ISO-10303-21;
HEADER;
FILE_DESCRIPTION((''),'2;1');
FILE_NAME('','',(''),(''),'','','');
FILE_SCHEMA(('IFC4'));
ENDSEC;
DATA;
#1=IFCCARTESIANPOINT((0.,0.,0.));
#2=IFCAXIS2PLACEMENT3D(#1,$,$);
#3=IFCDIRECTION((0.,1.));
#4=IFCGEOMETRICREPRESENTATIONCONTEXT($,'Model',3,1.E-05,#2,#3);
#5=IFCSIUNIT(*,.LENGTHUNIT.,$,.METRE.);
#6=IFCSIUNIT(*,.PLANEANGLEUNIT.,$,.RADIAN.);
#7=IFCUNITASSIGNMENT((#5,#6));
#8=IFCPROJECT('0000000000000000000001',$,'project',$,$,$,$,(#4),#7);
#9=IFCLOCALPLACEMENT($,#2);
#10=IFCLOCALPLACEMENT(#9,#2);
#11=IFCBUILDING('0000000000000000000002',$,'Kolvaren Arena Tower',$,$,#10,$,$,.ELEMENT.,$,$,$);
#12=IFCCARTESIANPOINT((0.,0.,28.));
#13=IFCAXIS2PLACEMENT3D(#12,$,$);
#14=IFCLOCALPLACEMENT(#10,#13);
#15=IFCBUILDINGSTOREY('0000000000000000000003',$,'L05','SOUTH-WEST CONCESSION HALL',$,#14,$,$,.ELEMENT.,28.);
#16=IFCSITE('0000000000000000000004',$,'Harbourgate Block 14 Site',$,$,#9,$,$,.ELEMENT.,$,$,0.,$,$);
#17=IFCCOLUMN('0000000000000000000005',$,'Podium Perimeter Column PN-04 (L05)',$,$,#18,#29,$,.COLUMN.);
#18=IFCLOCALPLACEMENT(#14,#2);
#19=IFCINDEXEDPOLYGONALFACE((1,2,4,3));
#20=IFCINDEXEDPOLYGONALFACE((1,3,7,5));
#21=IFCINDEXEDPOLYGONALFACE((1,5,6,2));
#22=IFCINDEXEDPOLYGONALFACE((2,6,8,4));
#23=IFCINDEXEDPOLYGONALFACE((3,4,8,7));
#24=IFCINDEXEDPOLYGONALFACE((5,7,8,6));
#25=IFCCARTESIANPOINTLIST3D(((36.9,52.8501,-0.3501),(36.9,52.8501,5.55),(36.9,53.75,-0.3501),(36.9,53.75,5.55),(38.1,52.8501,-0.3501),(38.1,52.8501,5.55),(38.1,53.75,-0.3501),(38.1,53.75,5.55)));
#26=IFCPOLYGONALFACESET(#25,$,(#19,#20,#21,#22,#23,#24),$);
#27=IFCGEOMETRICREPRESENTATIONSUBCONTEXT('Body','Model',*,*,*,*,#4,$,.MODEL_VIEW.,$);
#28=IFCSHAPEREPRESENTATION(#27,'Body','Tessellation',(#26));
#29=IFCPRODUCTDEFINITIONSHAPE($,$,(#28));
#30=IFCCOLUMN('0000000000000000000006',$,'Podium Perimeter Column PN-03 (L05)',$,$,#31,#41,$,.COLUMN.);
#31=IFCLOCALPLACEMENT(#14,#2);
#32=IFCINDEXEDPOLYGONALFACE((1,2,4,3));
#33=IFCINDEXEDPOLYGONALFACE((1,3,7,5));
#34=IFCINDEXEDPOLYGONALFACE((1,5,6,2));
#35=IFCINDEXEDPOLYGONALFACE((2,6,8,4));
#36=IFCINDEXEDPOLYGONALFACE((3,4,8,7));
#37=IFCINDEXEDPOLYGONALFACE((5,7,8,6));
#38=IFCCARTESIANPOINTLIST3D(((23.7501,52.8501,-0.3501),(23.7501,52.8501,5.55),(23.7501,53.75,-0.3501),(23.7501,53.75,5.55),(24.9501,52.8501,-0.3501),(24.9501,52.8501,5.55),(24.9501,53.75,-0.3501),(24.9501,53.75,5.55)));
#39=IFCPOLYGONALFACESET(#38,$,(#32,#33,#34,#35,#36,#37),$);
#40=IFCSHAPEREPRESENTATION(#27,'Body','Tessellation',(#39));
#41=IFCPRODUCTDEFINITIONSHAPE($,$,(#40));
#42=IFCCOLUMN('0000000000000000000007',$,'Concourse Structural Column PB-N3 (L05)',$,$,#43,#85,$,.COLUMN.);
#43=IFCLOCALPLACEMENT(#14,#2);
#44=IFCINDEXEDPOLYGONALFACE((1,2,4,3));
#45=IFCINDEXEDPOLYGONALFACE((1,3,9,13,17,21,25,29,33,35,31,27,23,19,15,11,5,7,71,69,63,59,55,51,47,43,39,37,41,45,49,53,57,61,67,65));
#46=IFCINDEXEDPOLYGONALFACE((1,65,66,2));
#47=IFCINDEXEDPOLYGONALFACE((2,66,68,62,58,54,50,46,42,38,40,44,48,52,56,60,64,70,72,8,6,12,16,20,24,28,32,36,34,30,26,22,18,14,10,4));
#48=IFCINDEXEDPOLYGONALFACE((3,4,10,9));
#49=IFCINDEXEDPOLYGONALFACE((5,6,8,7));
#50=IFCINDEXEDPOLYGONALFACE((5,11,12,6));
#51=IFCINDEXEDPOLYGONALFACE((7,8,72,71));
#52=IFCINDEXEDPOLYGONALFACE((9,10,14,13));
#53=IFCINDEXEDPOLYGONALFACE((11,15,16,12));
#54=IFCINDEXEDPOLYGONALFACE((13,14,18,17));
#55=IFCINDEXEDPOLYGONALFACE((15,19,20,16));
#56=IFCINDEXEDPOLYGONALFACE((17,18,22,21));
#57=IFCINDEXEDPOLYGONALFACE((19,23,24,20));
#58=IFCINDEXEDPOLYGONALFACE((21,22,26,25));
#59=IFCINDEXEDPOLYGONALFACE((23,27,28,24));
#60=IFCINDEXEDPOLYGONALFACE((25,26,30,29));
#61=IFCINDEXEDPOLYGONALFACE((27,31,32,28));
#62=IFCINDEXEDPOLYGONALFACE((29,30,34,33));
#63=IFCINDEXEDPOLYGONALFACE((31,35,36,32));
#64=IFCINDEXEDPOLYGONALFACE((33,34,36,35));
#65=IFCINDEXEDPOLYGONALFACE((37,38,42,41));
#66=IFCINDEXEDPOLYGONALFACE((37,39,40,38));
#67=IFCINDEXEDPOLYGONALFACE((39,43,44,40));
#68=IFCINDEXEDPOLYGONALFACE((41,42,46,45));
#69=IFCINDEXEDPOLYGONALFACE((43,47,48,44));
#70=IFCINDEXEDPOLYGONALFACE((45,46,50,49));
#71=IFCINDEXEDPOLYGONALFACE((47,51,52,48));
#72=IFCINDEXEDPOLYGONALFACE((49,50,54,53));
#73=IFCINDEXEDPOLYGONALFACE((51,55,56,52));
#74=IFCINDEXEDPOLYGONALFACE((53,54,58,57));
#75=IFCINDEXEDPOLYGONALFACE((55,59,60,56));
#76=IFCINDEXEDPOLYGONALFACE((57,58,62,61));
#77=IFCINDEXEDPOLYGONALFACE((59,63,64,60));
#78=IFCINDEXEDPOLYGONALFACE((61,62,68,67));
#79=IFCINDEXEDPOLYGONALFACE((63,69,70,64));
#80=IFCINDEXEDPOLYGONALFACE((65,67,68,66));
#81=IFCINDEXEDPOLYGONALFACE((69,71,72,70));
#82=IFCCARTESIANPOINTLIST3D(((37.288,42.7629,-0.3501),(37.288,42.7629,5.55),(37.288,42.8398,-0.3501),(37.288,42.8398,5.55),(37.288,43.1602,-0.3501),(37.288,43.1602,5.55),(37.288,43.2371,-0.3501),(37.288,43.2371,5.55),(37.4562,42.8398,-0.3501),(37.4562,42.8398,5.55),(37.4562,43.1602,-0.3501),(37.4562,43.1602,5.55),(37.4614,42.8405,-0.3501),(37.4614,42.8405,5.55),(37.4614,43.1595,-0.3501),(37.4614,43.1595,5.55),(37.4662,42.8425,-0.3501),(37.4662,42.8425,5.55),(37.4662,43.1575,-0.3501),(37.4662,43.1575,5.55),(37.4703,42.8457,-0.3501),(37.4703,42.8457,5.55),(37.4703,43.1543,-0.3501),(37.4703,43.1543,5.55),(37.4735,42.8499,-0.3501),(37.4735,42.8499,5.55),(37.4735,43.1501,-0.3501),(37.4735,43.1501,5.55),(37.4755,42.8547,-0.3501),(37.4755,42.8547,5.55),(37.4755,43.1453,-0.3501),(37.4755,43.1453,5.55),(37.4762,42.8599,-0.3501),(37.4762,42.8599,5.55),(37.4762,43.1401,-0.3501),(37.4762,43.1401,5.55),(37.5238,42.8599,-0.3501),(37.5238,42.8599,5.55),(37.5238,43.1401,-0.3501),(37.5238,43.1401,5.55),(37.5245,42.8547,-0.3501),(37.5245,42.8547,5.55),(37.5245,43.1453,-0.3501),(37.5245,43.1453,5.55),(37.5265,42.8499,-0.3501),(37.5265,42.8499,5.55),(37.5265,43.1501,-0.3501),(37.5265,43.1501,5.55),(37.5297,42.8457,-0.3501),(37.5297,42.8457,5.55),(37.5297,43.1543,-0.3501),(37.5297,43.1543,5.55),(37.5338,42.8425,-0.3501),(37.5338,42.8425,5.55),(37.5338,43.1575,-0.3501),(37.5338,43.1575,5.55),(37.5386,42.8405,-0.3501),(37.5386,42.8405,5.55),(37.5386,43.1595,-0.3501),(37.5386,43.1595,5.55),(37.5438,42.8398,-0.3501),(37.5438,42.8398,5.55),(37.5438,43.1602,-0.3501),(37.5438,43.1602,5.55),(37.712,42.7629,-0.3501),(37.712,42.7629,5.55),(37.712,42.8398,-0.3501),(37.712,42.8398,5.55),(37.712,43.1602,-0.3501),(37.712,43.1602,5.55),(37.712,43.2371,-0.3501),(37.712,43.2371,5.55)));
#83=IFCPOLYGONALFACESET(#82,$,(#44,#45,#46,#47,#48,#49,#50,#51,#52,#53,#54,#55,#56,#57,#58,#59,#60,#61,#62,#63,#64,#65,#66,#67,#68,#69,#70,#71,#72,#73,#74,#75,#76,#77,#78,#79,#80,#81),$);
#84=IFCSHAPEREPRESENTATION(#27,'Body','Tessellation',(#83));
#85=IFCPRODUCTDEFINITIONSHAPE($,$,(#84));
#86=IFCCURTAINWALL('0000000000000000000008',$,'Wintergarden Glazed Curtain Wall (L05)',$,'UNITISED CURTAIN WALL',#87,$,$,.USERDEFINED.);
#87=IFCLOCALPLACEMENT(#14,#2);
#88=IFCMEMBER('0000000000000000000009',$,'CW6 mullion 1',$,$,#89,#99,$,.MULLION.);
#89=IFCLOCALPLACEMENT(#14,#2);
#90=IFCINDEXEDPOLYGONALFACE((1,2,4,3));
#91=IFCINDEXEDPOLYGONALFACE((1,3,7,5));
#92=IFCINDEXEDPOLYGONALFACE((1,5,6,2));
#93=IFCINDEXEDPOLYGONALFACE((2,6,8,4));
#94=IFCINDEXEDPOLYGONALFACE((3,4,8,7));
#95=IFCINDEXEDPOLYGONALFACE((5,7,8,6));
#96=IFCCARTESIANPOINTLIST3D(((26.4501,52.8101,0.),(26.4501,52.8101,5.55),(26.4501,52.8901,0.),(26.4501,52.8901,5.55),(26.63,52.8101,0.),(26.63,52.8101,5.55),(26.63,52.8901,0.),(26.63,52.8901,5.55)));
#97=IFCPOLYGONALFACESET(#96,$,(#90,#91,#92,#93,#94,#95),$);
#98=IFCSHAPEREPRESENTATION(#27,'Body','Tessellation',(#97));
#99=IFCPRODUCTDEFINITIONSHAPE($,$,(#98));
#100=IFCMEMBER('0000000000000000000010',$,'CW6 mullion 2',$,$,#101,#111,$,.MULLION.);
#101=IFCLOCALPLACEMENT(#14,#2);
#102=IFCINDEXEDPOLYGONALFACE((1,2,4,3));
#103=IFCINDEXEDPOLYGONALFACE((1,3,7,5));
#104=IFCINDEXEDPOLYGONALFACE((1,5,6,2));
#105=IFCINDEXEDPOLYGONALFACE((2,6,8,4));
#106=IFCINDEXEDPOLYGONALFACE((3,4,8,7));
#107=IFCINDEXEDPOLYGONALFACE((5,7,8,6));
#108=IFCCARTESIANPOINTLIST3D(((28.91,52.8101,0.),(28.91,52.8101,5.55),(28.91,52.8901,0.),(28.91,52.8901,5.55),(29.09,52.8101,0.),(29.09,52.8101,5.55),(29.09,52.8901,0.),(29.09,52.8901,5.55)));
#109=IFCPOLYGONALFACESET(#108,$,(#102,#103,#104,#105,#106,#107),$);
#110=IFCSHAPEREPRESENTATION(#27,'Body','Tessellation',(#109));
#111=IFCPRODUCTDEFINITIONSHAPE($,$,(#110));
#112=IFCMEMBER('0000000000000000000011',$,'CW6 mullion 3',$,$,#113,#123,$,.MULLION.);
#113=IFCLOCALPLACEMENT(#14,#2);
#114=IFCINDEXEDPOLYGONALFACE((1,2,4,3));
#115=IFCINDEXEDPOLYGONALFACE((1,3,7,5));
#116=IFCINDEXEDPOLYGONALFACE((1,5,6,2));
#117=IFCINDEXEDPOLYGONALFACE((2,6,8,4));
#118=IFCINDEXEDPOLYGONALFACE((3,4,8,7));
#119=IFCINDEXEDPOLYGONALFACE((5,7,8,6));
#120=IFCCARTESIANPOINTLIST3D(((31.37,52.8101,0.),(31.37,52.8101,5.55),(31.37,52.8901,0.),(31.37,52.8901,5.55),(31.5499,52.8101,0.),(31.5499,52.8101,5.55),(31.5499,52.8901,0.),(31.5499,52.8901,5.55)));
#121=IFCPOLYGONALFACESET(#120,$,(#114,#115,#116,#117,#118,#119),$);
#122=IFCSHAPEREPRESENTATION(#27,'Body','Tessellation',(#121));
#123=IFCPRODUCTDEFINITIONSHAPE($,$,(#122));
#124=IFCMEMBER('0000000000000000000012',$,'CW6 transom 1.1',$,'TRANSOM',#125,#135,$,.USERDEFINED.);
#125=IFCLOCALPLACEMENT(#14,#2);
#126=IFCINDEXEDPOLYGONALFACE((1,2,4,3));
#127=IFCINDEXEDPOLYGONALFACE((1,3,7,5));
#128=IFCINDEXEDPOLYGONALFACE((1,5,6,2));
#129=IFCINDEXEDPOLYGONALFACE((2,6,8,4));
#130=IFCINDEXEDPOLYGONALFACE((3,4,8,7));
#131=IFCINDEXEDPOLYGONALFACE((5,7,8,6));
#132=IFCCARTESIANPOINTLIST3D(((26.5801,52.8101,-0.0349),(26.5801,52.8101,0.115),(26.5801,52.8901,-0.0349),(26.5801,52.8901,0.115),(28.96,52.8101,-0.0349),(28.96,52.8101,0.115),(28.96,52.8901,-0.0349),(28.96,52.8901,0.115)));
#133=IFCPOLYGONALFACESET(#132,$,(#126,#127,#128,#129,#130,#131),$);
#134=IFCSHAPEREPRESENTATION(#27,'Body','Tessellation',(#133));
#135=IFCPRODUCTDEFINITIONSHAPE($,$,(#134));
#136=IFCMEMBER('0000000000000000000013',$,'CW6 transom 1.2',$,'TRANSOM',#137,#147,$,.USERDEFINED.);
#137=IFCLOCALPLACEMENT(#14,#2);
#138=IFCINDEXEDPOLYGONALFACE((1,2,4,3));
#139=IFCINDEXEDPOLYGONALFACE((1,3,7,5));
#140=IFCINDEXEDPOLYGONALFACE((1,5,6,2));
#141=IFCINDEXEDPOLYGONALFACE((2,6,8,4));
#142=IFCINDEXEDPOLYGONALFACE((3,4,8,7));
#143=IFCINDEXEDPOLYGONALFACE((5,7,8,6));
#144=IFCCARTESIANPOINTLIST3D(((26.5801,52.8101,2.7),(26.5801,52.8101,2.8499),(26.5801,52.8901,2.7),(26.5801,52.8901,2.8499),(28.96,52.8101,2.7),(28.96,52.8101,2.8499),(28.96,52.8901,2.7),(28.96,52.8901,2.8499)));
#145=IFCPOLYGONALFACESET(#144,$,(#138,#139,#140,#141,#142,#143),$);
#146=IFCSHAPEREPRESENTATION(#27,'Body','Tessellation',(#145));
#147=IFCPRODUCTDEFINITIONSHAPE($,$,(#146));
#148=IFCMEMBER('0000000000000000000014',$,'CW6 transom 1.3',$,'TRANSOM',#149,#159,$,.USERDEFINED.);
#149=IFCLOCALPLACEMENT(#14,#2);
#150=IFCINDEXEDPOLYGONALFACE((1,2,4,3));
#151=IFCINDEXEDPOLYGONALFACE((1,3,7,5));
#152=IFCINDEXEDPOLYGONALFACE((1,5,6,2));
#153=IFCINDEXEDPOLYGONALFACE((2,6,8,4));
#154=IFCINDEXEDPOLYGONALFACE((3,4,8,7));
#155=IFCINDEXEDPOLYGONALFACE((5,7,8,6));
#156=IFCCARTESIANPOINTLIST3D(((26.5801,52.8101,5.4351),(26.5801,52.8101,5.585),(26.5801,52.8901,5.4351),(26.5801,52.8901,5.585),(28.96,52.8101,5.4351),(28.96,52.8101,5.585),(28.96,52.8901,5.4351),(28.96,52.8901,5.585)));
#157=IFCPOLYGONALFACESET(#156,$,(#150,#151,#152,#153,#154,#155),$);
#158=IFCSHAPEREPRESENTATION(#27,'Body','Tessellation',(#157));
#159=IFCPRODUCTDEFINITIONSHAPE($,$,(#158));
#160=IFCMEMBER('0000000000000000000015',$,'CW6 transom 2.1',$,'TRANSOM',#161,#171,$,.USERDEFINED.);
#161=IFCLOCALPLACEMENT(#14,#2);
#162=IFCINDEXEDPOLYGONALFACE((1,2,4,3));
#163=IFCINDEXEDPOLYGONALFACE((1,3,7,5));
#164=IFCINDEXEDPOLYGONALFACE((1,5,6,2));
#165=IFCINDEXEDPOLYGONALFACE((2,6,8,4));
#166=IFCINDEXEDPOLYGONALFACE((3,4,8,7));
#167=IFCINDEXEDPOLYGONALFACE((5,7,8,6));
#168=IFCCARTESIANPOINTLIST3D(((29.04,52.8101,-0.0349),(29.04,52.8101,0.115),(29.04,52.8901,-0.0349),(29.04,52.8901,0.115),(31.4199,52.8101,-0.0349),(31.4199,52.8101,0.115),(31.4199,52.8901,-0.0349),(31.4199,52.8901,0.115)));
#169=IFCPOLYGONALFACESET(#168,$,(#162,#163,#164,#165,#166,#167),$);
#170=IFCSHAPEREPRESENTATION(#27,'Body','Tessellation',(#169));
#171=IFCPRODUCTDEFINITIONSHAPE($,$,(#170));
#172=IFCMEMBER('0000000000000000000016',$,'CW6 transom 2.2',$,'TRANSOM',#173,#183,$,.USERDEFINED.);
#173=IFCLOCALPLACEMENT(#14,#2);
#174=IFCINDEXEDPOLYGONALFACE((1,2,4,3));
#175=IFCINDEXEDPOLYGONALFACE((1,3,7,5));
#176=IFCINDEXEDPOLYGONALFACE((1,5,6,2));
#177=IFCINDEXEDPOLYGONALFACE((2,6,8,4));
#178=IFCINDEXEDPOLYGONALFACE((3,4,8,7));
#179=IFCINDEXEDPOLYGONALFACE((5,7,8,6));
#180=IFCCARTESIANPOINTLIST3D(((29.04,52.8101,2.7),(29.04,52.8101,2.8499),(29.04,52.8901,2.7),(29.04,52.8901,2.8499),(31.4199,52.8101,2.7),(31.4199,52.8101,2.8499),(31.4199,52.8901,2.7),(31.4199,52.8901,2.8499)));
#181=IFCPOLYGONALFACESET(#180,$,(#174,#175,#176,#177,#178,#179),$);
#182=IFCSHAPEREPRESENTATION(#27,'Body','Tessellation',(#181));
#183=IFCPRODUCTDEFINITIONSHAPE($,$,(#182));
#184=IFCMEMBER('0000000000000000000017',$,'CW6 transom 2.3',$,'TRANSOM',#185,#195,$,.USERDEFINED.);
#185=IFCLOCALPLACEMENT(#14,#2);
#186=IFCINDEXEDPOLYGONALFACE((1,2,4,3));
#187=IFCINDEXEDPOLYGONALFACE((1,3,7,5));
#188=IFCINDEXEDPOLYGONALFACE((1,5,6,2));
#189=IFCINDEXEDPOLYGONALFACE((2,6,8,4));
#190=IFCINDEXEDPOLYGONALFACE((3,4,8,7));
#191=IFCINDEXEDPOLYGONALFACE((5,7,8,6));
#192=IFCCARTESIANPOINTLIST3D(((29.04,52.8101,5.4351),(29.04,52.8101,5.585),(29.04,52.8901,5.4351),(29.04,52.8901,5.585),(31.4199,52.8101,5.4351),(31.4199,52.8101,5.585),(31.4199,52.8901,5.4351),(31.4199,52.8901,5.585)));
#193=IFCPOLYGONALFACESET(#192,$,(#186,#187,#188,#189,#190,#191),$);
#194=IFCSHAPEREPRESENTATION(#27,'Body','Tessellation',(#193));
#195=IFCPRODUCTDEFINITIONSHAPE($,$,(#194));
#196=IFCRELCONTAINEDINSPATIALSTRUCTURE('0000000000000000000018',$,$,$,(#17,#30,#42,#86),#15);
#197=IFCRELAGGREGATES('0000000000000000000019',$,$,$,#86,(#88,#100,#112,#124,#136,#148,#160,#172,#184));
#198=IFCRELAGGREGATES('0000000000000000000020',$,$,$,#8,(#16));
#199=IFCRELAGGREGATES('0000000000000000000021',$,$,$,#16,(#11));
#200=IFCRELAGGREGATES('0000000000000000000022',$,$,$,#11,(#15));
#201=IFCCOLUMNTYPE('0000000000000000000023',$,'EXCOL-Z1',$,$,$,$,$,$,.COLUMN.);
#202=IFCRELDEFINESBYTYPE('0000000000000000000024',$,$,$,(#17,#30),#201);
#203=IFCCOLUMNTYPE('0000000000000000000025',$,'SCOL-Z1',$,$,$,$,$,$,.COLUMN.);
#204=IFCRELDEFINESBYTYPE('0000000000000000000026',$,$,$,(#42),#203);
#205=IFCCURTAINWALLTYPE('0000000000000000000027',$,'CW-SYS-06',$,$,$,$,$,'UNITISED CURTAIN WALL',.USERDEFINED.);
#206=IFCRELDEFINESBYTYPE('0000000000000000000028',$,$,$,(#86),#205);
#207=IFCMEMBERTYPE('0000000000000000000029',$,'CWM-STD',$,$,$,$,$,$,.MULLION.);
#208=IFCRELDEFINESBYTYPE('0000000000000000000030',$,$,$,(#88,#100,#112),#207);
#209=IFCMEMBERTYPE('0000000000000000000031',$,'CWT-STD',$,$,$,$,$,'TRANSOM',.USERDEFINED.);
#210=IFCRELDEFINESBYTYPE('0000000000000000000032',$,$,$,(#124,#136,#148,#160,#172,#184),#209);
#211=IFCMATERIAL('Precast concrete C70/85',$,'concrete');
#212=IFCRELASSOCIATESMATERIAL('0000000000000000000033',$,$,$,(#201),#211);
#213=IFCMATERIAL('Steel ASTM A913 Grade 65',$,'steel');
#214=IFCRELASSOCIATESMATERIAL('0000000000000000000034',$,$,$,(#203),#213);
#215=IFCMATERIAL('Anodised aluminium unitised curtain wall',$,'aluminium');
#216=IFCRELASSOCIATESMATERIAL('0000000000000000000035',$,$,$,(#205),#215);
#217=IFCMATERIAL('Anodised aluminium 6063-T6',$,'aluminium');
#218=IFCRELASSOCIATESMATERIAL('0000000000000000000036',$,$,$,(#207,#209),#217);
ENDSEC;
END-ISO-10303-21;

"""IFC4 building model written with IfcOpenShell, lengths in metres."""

from ifc_helpers import new_model, si_unit, direction, frame, origin, origin_2d, place, context, subcontext, project, spatial, rectangle, i_section, extrude, material, material_profile, profile_set, type_object, element, aggregate, save


model = new_model("IFC4")

# Units and contexts
model_context = context("Model", 3, precision=1e-05, world=origin(), true_north=direction((0.0, 1.0)))
body_context = subcontext(model_context, "Body", "Model", "MODEL_VIEW")
ifc_project = project(units=[si_unit("LENGTHUNIT", "METRE"), si_unit("PLANEANGLEUNIT", "RADIAN")], contexts=[model_context])

# Site, building, storey
site_placement = place(None, origin())
site = spatial("IfcSite", under=ifc_project, at=site_placement, Name="Harbourgate Block 14 Site", CompositionType="ELEMENT", RefElevation=0.0)
building_placement = place(site_placement, origin())
building = spatial("IfcBuilding", under=site, at=building_placement, Name="Kolvaren Arena Tower", CompositionType="ELEMENT")
storey_placement = place(building_placement, frame((0.0, 0.0, 28.0)))
storey = spatial("IfcBuildingStorey", under=building, at=storey_placement, Name="L05", Description="SOUTH-WEST CONCESSION HALL", CompositionType="ELEMENT", Elevation=28.0)

# Columns
ifc_material_1 = material(Name="Precast concrete C70/85", Category="concrete")
ifc_material_profile_1 = material_profile(ifc_material_1, rectangle(XDim=1.2, YDim=0.8999, at=origin_2d()), Name="RC-1200x900")
ifc_profile_set_1 = profile_set([ifc_material_profile_1], Name="Precast concrete C70/85")
column_type_1 = type_object("IfcColumnType", Name="EXCOL-Z1", PredefinedType="COLUMN", material=ifc_profile_set_1)
for number, where, z_axis, x_axis, name in (
    (1, (37.5, 53.3, -0.3501), (0.0, 0.0, 1.0), (1.0, 0.0, 0.0), "Podium Perimeter Column PN-04 (L05)"),
    (2, (24.3501, 53.3, -0.3501), (0.0, 0.0, 1.0), (1.0, 0.0, 0.0), "Podium Perimeter Column PN-03 (L05)"),
):
    element("IfcColumn", number, at=place(storey_placement, frame(where, z_axis=z_axis, x_axis=x_axis)), inside=storey, type_object=column_type_1, Name=name, PredefinedType="COLUMN", context=body_context, shape_type="SweptSolid", body=[
        extrude(rectangle(XDim=1.2, YDim=0.8999, at=origin_2d()), origin(), (0.0, 0.0, 1.0), 5.9001),
    ])
ifc_material_2 = material(Name="Steel ASTM A913 Grade 65", Category="steel")
ifc_material_profile_2 = material_profile(ifc_material_2, i_section(OverallWidth=0.4241, OverallDepth=0.4741, WebThickness=0.0476, FlangeThickness=0.0769, FilletRadius=0.02, at=origin_2d()), Name="W360x634")
ifc_profile_set_2 = profile_set([ifc_material_profile_2], Name="Steel ASTM A913 Grade 65")
column_type_2 = type_object("IfcColumnType", Name="SCOL-Z1", PredefinedType="COLUMN", material=ifc_profile_set_2)
column_placement = place(storey_placement, frame((37.5, 43.0, -0.3501), z_axis=(0.0, 0.0, 1.0), x_axis=(1.0, 0.0, 0.0)))
element("IfcColumn", 3, at=column_placement, inside=storey, type_object=column_type_2, Name="Concourse Structural Column PB-N3 (L05)", PredefinedType="COLUMN", context=body_context, shape_type="SweptSolid", body=[
    extrude(i_section(OverallWidth=0.4241, OverallDepth=0.4741, WebThickness=0.0476, FlangeThickness=0.0769, FilletRadius=0.02, at=origin_2d()), origin(), (0.0, 0.0, 1.0), 5.9001),
])

# Curtain wall, members
ifc_material_3 = material(Name="Anodised aluminium unitised curtain wall", Category="aluminium")
curtain_wall_type = type_object("IfcCurtainWallType", Name="CW-SYS-06", ElementType="UNITISED CURTAIN WALL", PredefinedType="USERDEFINED", material=ifc_material_3)
curtain_wall_placement = place(storey_placement, origin())
curtain_wall = element("IfcCurtainWall", 4, at=curtain_wall_placement, inside=storey, type_object=curtain_wall_type, Name="Wintergarden Glazed Curtain Wall (L05)", ObjectType="UNITISED CURTAIN WALL", PredefinedType="USERDEFINED")
ifc_material_4 = material(Name="Anodised aluminium 6063-T6", Category="aluminium")
ifc_material_profile_3 = material_profile(ifc_material_4, rectangle(XDim=0.0801, YDim=0.1799, at=origin_2d()), Name="ALU-80x180")
ifc_profile_set_3 = profile_set([ifc_material_profile_3], Name="Anodised aluminium 6063-T6")
member_type_1 = type_object("IfcMemberType", Name="CWM-STD", PredefinedType="MULLION", material=ifc_profile_set_3)
member_1_placement = place(storey_placement, frame((26.54, 52.8501, 0.0), z_axis=(0.0, 0.0, 1.0), x_axis=(0.0, 1.0, 0.0)))
member_1 = element("IfcMember", 5, at=member_1_placement, type_object=member_type_1, Name="CW6 mullion 1", PredefinedType="MULLION", context=body_context, shape_type="SweptSolid", body=[
    extrude(rectangle(XDim=0.0801, YDim=0.1799, at=origin_2d()), origin(), (0.0, 0.0, 1.0), 5.55),
])
member_2_placement = place(storey_placement, frame((29.0, 52.8501, 0.0), z_axis=(0.0, 0.0, 1.0), x_axis=(0.0, 1.0, 0.0)))
member_2 = element("IfcMember", 6, at=member_2_placement, type_object=member_type_1, Name="CW6 mullion 2", PredefinedType="MULLION", context=body_context, shape_type="SweptSolid", body=[
    extrude(rectangle(XDim=0.0801, YDim=0.1799, at=origin_2d()), origin(), (0.0, 0.0, 1.0), 5.55),
])
member_3_placement = place(storey_placement, frame((31.46, 52.8501, 0.0), z_axis=(0.0, 0.0, 1.0), x_axis=(0.0, 1.0, 0.0)))
member_3 = element("IfcMember", 7, at=member_3_placement, type_object=member_type_1, Name="CW6 mullion 3", PredefinedType="MULLION", context=body_context, shape_type="SweptSolid", body=[
    extrude(rectangle(XDim=0.0801, YDim=0.1799, at=origin_2d()), origin(), (0.0, 0.0, 1.0), 5.55),
])
ifc_material_profile_4 = material_profile(ifc_material_4, rectangle(XDim=0.0801, YDim=0.1499, at=origin_2d()), Name="ALU-80x150")
ifc_profile_set_4 = profile_set([ifc_material_profile_4], Name="Anodised aluminium 6063-T6")
member_type_2 = type_object("IfcMemberType", Name="CWT-STD", ElementType="TRANSOM", PredefinedType="USERDEFINED", material=ifc_profile_set_4)
member_4_placement = place(storey_placement, frame((26.5801, 52.8501, 0.04), z_axis=(1.0, 0.0, 0.0), x_axis=(0.0, 1.0, 0.0)))
member_4 = element("IfcMember", 8, at=member_4_placement, type_object=member_type_2, Name="CW6 transom 1.1", ObjectType="TRANSOM", PredefinedType="USERDEFINED", context=body_context, shape_type="SweptSolid", body=[
    extrude(rectangle(XDim=0.0801, YDim=0.1499, at=origin_2d()), origin(), (0.0, 0.0, 1.0), 2.3799),
])
member_5_placement = place(storey_placement, frame((26.5801, 52.8501, 2.7749), z_axis=(1.0, 0.0, 0.0), x_axis=(0.0, 1.0, 0.0)))
member_5 = element("IfcMember", 9, at=member_5_placement, type_object=member_type_2, Name="CW6 transom 1.2", ObjectType="TRANSOM", PredefinedType="USERDEFINED", context=body_context, shape_type="SweptSolid", body=[
    extrude(rectangle(XDim=0.0801, YDim=0.1499, at=origin_2d()), origin(), (0.0, 0.0, 1.0), 2.3799),
])
member_6_placement = place(storey_placement, frame((26.5801, 52.8501, 5.51), z_axis=(1.0, 0.0, 0.0), x_axis=(0.0, 1.0, 0.0)))
member_6 = element("IfcMember", 10, at=member_6_placement, type_object=member_type_2, Name="CW6 transom 1.3", ObjectType="TRANSOM", PredefinedType="USERDEFINED", context=body_context, shape_type="SweptSolid", body=[
    extrude(rectangle(XDim=0.0801, YDim=0.1499, at=origin_2d()), origin(), (0.0, 0.0, 1.0), 2.3799),
])
member_7_placement = place(storey_placement, frame((29.04, 52.8501, 0.04), z_axis=(1.0, 0.0, 0.0), x_axis=(0.0, 1.0, 0.0)))
member_7 = element("IfcMember", 11, at=member_7_placement, type_object=member_type_2, Name="CW6 transom 2.1", ObjectType="TRANSOM", PredefinedType="USERDEFINED", context=body_context, shape_type="SweptSolid", body=[
    extrude(rectangle(XDim=0.0801, YDim=0.1499, at=origin_2d()), origin(), (0.0, 0.0, 1.0), 2.3799),
])
member_8_placement = place(storey_placement, frame((29.04, 52.8501, 2.7749), z_axis=(1.0, 0.0, 0.0), x_axis=(0.0, 1.0, 0.0)))
member_8 = element("IfcMember", 12, at=member_8_placement, type_object=member_type_2, Name="CW6 transom 2.2", ObjectType="TRANSOM", PredefinedType="USERDEFINED", context=body_context, shape_type="SweptSolid", body=[
    extrude(rectangle(XDim=0.0801, YDim=0.1499, at=origin_2d()), origin(), (0.0, 0.0, 1.0), 2.3799),
])
member_9_placement = place(storey_placement, frame((29.04, 52.8501, 5.51), z_axis=(1.0, 0.0, 0.0), x_axis=(0.0, 1.0, 0.0)))
member_9 = element("IfcMember", 13, at=member_9_placement, type_object=member_type_2, Name="CW6 transom 2.3", ObjectType="TRANSOM", PredefinedType="USERDEFINED", context=body_context, shape_type="SweptSolid", body=[
    extrude(rectangle(XDim=0.0801, YDim=0.1499, at=origin_2d()), origin(), (0.0, 0.0, 1.0), 2.3799),
])

aggregate(curtain_wall, [member_1, member_2, member_3, member_4, member_5, member_6, member_7, member_8, member_9])

save(model, "model.ifc")
